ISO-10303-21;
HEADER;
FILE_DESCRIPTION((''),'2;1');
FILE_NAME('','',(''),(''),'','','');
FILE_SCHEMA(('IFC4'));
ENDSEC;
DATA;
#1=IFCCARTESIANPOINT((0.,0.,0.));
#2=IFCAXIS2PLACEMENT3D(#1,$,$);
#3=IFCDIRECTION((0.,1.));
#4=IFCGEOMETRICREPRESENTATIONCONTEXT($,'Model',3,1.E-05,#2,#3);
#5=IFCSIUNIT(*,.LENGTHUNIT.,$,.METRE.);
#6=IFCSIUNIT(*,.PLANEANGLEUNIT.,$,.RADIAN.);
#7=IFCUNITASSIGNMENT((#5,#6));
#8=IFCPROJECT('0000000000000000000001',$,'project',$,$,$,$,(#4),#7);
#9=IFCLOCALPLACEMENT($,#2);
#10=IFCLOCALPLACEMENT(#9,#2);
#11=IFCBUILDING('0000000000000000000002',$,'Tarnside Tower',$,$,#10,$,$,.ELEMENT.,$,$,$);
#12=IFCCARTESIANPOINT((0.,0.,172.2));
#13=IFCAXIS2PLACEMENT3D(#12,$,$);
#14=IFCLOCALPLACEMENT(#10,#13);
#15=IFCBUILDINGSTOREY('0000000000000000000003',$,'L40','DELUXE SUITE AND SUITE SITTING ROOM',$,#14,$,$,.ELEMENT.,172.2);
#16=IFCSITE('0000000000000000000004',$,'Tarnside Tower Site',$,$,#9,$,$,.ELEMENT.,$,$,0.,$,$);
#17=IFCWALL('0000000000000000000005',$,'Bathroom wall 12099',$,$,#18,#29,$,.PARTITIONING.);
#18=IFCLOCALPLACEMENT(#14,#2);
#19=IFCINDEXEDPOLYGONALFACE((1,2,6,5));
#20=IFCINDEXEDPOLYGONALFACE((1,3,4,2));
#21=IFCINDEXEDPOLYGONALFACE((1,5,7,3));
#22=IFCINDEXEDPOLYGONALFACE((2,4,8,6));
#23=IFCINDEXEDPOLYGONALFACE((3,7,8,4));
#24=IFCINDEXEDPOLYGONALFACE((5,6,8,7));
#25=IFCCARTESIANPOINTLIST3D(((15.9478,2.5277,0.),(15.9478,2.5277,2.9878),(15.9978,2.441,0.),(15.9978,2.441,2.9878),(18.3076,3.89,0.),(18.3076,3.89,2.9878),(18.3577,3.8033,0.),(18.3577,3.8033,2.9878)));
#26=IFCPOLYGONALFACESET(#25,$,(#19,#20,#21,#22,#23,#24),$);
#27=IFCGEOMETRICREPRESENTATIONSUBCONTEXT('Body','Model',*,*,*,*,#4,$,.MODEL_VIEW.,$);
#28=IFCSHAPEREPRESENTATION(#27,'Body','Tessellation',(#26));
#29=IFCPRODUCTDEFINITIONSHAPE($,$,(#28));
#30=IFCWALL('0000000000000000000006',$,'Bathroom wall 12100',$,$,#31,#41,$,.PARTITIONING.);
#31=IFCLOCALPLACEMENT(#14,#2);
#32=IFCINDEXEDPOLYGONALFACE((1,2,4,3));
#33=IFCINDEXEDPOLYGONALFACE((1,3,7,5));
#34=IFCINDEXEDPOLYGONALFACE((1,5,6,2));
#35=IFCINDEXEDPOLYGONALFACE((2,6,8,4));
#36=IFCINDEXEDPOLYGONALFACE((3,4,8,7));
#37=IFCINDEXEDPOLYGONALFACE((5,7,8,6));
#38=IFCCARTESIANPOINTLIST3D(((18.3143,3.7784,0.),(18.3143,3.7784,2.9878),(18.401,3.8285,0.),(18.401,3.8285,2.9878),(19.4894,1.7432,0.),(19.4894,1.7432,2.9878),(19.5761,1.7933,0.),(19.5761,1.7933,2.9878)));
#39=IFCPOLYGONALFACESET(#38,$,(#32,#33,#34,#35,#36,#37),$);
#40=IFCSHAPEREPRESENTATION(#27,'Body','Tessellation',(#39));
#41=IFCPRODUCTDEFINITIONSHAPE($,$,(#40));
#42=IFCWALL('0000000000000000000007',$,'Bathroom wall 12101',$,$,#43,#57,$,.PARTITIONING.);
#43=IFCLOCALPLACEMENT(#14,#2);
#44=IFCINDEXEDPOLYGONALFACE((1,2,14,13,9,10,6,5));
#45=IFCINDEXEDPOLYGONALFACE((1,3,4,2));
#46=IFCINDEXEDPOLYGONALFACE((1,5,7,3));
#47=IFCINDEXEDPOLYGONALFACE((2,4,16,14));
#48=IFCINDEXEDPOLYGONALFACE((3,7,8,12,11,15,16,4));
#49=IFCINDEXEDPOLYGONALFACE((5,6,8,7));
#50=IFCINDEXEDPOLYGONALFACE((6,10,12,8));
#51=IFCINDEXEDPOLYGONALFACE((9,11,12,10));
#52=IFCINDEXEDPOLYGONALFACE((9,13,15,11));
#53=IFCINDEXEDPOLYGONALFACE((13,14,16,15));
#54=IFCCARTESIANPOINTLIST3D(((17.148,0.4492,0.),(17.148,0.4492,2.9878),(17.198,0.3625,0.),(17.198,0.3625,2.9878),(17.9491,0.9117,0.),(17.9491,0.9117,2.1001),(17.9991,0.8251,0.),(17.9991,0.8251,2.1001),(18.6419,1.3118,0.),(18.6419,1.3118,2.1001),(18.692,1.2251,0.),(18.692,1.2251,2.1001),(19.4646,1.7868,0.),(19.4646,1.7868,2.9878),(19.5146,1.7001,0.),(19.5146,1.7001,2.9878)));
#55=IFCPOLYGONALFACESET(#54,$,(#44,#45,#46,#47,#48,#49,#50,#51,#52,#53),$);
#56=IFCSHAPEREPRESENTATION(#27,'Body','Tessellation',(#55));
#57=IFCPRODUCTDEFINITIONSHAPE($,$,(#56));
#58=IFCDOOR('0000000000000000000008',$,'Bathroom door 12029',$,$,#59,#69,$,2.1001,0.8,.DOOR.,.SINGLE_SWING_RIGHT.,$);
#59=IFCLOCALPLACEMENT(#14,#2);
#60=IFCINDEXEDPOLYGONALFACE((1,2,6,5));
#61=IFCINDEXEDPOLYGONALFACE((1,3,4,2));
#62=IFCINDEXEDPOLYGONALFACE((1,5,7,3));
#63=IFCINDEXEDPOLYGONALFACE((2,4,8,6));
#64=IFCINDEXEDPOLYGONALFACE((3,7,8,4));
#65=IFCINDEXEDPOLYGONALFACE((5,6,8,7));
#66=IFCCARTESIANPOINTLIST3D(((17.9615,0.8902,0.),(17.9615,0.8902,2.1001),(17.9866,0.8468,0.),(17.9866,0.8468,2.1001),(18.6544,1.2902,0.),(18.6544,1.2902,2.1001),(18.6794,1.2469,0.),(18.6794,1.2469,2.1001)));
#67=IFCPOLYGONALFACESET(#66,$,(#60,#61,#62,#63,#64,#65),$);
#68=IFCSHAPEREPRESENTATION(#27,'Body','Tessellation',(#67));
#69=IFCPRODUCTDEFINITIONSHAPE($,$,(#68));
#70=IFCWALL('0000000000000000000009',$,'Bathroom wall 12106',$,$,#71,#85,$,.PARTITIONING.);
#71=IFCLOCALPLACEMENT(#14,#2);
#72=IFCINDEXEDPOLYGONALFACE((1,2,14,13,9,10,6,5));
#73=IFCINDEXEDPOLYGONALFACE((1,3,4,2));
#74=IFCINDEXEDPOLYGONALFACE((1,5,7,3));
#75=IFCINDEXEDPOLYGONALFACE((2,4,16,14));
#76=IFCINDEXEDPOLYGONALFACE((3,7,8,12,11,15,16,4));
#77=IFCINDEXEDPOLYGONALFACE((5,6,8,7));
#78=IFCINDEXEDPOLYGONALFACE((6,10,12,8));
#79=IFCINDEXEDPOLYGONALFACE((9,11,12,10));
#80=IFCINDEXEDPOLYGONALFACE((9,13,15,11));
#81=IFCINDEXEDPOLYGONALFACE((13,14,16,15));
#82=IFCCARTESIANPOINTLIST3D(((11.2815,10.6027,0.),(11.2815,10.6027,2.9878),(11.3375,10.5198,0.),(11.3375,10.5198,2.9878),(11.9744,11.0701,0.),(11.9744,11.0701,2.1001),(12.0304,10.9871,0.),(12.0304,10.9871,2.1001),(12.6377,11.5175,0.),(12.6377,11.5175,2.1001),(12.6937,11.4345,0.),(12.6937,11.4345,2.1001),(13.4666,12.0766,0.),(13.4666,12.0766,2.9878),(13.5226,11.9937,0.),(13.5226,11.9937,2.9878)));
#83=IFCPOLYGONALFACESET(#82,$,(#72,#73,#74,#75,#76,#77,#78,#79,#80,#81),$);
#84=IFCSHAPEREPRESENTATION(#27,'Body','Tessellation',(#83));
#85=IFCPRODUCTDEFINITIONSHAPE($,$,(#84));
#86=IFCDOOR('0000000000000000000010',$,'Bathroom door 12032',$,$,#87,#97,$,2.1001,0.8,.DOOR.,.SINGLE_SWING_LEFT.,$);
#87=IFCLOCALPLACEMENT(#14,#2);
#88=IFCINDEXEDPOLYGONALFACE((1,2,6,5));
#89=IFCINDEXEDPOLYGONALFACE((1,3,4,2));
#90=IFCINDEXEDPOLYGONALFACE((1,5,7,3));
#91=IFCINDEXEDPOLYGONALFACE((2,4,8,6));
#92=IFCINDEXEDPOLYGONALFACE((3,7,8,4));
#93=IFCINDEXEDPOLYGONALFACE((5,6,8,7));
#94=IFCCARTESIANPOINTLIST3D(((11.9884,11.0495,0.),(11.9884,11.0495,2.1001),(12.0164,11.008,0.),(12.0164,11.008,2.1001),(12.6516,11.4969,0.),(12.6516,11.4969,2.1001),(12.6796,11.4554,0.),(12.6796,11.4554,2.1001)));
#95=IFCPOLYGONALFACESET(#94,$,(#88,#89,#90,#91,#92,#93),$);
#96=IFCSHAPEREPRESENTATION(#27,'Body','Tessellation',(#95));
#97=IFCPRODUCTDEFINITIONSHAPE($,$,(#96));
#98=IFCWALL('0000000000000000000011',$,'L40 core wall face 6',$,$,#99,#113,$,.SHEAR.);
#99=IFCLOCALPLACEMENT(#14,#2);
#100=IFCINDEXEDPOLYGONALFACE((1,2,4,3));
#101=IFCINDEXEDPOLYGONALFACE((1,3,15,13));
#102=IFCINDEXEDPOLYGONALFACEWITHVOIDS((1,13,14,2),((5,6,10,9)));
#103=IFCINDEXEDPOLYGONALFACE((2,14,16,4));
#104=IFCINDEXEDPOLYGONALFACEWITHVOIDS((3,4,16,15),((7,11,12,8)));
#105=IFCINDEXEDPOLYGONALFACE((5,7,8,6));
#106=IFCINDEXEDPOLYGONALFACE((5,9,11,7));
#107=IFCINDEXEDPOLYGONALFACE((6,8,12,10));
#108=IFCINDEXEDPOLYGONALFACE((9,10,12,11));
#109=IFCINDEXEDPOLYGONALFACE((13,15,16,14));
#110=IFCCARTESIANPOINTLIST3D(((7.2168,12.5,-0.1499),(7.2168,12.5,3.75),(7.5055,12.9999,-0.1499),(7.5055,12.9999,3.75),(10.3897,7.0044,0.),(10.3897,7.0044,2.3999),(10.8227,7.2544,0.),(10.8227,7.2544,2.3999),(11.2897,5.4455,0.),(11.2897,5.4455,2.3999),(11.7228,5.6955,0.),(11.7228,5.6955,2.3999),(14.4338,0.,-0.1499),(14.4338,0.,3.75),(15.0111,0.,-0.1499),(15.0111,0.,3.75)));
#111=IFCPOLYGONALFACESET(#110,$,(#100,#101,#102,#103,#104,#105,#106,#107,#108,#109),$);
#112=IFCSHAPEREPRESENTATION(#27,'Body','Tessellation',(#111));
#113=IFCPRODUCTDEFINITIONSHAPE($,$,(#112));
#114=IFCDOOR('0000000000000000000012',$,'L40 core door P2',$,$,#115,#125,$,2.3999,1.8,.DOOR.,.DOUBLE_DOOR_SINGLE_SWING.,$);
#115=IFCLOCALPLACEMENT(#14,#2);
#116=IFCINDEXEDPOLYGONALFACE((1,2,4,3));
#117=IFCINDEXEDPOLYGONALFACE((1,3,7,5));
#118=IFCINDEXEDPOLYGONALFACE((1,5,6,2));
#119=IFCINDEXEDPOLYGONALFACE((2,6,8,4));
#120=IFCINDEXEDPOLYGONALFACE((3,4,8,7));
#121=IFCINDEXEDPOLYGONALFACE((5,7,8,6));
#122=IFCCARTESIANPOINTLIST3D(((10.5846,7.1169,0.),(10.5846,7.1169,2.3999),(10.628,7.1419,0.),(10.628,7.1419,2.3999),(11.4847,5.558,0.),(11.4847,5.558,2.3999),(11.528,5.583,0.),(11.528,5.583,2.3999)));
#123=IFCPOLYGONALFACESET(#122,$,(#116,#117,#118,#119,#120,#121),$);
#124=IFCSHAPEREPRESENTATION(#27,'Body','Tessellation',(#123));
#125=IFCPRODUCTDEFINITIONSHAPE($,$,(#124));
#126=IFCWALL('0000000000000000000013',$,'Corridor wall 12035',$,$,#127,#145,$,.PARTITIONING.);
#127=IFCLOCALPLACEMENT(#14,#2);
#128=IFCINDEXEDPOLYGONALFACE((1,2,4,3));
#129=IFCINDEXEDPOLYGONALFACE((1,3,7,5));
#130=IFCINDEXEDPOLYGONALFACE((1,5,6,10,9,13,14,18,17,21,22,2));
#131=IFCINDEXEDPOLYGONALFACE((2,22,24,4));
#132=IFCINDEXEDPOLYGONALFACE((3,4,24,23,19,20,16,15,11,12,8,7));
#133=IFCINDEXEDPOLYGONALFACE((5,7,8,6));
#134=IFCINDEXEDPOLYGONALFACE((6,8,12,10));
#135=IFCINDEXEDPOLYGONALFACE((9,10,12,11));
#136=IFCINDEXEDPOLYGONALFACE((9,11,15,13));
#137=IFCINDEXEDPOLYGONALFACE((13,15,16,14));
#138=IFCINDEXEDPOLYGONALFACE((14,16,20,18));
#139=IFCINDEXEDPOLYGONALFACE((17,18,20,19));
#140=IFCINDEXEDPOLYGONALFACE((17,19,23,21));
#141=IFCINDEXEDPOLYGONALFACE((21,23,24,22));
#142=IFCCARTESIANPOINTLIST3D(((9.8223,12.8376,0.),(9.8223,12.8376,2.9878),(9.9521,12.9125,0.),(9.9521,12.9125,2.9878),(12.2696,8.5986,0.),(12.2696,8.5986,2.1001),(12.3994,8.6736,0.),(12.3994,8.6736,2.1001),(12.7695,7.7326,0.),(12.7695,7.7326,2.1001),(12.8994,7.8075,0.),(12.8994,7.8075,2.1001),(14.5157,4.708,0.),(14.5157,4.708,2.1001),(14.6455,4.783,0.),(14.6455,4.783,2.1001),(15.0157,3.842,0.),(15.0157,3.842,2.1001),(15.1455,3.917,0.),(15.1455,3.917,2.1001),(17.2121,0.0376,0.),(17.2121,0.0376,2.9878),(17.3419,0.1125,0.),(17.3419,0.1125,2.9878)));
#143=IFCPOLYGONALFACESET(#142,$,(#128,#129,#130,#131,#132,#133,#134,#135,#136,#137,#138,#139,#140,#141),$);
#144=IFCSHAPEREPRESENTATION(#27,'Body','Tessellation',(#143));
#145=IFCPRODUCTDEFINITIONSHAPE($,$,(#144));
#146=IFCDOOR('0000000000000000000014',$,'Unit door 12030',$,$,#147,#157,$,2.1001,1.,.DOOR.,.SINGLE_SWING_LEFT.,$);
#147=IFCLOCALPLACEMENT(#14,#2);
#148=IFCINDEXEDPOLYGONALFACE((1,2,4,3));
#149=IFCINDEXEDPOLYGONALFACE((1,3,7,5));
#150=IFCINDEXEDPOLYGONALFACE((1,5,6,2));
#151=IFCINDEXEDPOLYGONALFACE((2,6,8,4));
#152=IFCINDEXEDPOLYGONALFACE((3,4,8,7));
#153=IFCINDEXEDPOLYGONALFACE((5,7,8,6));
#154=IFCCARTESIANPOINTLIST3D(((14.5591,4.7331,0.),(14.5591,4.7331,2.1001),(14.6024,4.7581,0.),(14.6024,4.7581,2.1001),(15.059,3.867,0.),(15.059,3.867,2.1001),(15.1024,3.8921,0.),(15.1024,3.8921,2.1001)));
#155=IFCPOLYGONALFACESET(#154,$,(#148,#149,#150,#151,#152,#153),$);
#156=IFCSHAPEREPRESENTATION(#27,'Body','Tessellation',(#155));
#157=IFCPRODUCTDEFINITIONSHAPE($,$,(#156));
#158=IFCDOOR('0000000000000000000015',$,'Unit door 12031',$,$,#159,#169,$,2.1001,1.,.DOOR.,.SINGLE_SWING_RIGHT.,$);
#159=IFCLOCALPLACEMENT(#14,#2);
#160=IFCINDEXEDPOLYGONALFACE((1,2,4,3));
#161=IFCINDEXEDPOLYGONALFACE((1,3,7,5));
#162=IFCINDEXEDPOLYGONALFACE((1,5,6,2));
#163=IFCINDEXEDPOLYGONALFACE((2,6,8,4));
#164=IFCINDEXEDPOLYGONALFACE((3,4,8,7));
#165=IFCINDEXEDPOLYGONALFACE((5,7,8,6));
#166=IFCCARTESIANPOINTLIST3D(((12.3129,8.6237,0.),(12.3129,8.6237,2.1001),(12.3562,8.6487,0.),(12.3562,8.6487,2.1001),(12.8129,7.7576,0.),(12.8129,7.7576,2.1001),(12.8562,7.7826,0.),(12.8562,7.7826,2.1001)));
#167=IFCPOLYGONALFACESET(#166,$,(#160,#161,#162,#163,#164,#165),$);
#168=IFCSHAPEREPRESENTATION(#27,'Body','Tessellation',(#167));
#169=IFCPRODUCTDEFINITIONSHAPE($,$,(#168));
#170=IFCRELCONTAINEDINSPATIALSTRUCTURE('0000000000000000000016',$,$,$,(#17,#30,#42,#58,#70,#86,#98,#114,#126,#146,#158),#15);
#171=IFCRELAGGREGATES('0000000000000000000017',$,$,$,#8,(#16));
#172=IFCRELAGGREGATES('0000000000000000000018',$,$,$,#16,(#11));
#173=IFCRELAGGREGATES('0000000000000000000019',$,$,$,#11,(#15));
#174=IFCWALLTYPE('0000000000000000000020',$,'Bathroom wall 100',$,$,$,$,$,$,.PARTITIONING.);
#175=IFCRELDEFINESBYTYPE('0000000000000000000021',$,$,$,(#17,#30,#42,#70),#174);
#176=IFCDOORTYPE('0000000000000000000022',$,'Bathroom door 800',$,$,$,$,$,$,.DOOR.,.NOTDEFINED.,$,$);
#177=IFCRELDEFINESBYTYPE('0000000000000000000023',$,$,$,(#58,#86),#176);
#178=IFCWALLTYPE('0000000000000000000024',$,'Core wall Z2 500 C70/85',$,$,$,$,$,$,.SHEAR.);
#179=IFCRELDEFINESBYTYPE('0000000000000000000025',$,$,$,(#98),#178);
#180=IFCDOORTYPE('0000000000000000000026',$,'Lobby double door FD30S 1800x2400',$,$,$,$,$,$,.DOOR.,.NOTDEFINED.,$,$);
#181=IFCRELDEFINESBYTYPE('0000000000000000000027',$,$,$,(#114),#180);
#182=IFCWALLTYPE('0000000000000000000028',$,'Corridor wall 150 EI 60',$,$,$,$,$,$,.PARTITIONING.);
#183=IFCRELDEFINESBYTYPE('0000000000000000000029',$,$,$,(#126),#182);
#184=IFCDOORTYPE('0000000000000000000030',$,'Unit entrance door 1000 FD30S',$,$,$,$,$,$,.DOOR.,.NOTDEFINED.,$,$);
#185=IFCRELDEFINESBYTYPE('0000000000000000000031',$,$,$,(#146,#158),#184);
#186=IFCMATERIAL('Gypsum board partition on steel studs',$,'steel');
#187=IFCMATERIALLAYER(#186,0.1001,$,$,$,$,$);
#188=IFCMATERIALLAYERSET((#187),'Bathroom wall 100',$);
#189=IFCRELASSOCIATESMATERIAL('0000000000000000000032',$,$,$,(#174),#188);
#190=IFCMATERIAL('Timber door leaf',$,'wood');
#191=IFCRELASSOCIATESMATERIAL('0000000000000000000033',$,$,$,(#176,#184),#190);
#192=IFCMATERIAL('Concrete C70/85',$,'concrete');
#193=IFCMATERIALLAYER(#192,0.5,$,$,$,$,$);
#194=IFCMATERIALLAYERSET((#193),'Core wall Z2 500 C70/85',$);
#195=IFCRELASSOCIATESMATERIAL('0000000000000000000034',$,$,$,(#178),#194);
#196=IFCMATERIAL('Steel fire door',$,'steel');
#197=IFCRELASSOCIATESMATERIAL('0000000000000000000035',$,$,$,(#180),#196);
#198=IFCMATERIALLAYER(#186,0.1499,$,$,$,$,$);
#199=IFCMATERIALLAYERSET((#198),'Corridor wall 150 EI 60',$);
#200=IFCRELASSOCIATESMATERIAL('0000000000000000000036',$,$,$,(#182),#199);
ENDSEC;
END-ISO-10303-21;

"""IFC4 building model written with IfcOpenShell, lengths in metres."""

from ifc_helpers import new_model, si_unit, direction, frame, frame_2d, origin, place, context, subcontext, project, spatial, polyline, rectangle, outline, extrude, material, layer, layer_set, type_object, element, fill, save


model = new_model("IFC4")

# Units and contexts
model_context = context("Model", 3, precision=1e-05, world=origin(), true_north=direction((0.0, 1.0)))
body_context = subcontext(model_context, "Body", "Model", "MODEL_VIEW")
ifc_project = project(units=[si_unit("LENGTHUNIT", "METRE"), si_unit("PLANEANGLEUNIT", "RADIAN")], contexts=[model_context])

# Site, building, storey
site_placement = place(None, origin())
site = spatial("IfcSite", under=ifc_project, at=site_placement, Name="Tarnside Tower Site", CompositionType="ELEMENT", RefElevation=0.0)
building_placement = place(site_placement, origin())
building = spatial("IfcBuilding", under=site, at=building_placement, Name="Tarnside Tower", CompositionType="ELEMENT")
storey_placement = place(building_placement, frame((0.0, 0.0, 172.2)))
storey = spatial("IfcBuildingStorey", under=building, at=storey_placement, Name="L40", Description="DELUXE SUITE AND SUITE SITTING ROOM", CompositionType="ELEMENT", Elevation=172.2)

# Walls
ifc_material_1 = material(Name="Gypsum board partition on steel studs", Category="steel")
ifc_layer_1 = layer(ifc_material_1, 0.1001)
ifc_layer_set_1 = layer_set([ifc_layer_1], Name="Bathroom wall 100")
wall_type_1 = type_object("IfcWallType", Name="Bathroom wall 100", PredefinedType="PARTITIONING", material=ifc_layer_set_1)
wall_1_placement = place(storey_placement, frame((15.9729, 2.4844, 0.0), z_axis=(0.0, 0.0, 1.0), x_axis=(0.866051, 0.499955, 0.0)))
element("IfcWall", 1, at=wall_1_placement, inside=storey, type_object=wall_type_1, Name="Bathroom wall 12099", PredefinedType="PARTITIONING", context=body_context, shape_type="SweptSolid", body=[
    extrude(rectangle(XDim=2.7249, YDim=0.1001, at=frame_2d((1.3623, 0.0))), origin(), (0.0, 0.0, 1.0), 2.9878),
])
wall_2_placement = place(storey_placement, frame((18.3577, 3.8035, 0.0), z_axis=(0.0, 0.0, 1.0), x_axis=(0.500016, -0.866016, 0.0)))
element("IfcWall", 2, at=wall_2_placement, inside=storey, type_object=wall_type_1, Name="Bathroom wall 12100", PredefinedType="PARTITIONING", context=body_context, shape_type="SweptSolid", body=[
    extrude(rectangle(XDim=2.3501, YDim=0.1001, at=frame_2d((1.175, 0.0))), origin(), (0.0, 0.0, 1.0), 2.9878),
])

# Walls, openings, doors
wall_3_placement = place(storey_placement, frame((19.4895, 1.7434, 0.0), z_axis=(0.0, 0.0, 1.0), x_axis=(-0.866005, -0.500036, 0.0)))
wall_3 = element("IfcWall", 3, at=wall_3_placement, inside=storey, type_object=wall_type_1, Name="Bathroom wall 12101", PredefinedType="PARTITIONING", context=body_context, shape_type="SweptSolid", body=[
    extrude(rectangle(XDim=2.675, YDim=0.1001, at=frame_2d((1.3374, 0.0))), origin(), (0.0, 0.0, 1.0), 2.9878),
])
opening_1_placement = place(wall_3_placement, frame((0.95, 0.0, 0.0)))
opening_1 = element("IfcOpeningElement", 4, at=opening_1_placement, cuts=wall_3, PredefinedType="OPENING", context=body_context, shape_type="SweptSolid", body=[
    extrude(rectangle(XDim=0.8, YDim=2.1001, at=frame_2d((0.3999, 1.05))), frame((0.0, 0.0601, 0.0), z_axis=(0.0, -1.0, 0.0), x_axis=(1.0, 0.0, 0.0)), (0.0, 0.0, 1.0), 0.1201),
])
ifc_material_2 = material(Name="Timber door leaf", Category="wood")
door_type_1 = type_object("IfcDoorType", Name="Bathroom door 800", OperationType="NOTDEFINED", PredefinedType="DOOR", material=ifc_material_2)
door_1_placement = place(opening_1_placement, origin())
door_1 = element("IfcDoor", 5, at=door_1_placement, inside=storey, type_object=door_type_1, Name="Bathroom door 12029", OperationType="SINGLE_SWING_RIGHT", OverallHeight=2.1001, OverallWidth=0.8, PredefinedType="DOOR", context=body_context, shape_type="SweptSolid", body=[
    extrude(rectangle(XDim=0.8, YDim=2.1001, at=frame_2d((0.3999, 1.05))), frame((0.0, 0.0249, 0.0), z_axis=(0.0, -1.0, 0.0), x_axis=(1.0, 0.0, 0.0)), (0.0, 0.0, 1.0), 0.05),
])
fill(opening_1, door_1)
wall_4_placement = place(storey_placement, frame((13.4946, 12.0352, 0.0), z_axis=(0.0, 0.0, 1.0), x_axis=(-0.829031, -0.559202, 0.0)))
wall_4 = element("IfcWall", 6, at=wall_4_placement, inside=storey, type_object=wall_type_1, Name="Bathroom wall 12106", PredefinedType="PARTITIONING", context=body_context, shape_type="SweptSolid", body=[
    extrude(rectangle(XDim=2.6357, YDim=0.1001, at=frame_2d((1.3179, 0.0))), origin(), (0.0, 0.0, 1.0), 2.9878),
])
opening_2_placement = place(wall_4_placement, frame((1.0, 0.0, 0.0)))
opening_2 = element("IfcOpeningElement", 7, at=opening_2_placement, cuts=wall_4, PredefinedType="OPENING", context=body_context, shape_type="SweptSolid", body=[
    extrude(rectangle(XDim=0.8, YDim=2.1001, at=frame_2d((0.3999, 1.05))), frame((0.0, 0.0601, 0.0), z_axis=(0.0, -1.0, 0.0), x_axis=(1.0, 0.0, 0.0)), (0.0, 0.0, 1.0), 0.1201),
])
door_2_placement = place(opening_2_placement, origin())
door_2 = element("IfcDoor", 8, at=door_2_placement, inside=storey, type_object=door_type_1, Name="Bathroom door 12032", OperationType="SINGLE_SWING_LEFT", OverallHeight=2.1001, OverallWidth=0.8, PredefinedType="DOOR", context=body_context, shape_type="SweptSolid", body=[
    extrude(rectangle(XDim=0.8, YDim=2.1001, at=frame_2d((0.3999, 1.05))), frame((0.0, 0.0249, 0.0), z_axis=(0.0, -1.0, 0.0), x_axis=(1.0, 0.0, 0.0)), (0.0, 0.0, 1.0), 0.05),
])
fill(opening_2, door_2)
ifc_material_3 = material(Name="Concrete C70/85", Category="concrete")
ifc_layer_2 = layer(ifc_material_3, 0.5)
ifc_layer_set_2 = layer_set([ifc_layer_2], Name="Core wall Z2 500 C70/85")
wall_type_2 = type_object("IfcWallType", Name="Core wall Z2 500 C70/85", PredefinedType="SHEAR", material=ifc_layer_set_2)
wall_5_placement = place(storey_placement, frame((14.7224, 0.0, -0.1499), z_axis=(0.0, 0.0, 1.0), x_axis=(-0.500006, 0.866022, 0.0)))
wall_5 = element("IfcWall", 9, at=wall_5_placement, inside=storey, type_object=wall_type_2, Name="L40 core wall face 6", PredefinedType="SHEAR", context=body_context, shape_type="SweptSolid", body=[
    extrude(outline(polyline([(-0.1443, -0.25), (14.8667, -0.25), (14.5781, 0.25), (0.1443, 0.25), (-0.1443, -0.25)])), origin(), (0.0, 0.0, 1.0), 3.8999),
])
opening_3_placement = place(wall_5_placement, frame((6.4324, 0.0, 0.1499)))
opening_3 = element("IfcOpeningElement", 10, at=opening_3_placement, cuts=wall_5, PredefinedType="OPENING", context=body_context, shape_type="SweptSolid", body=[
    extrude(rectangle(XDim=1.8, YDim=2.3999, at=frame_2d((0.8999, 1.2))), frame((0.0, 0.26, 0.0), z_axis=(0.0, -1.0, 0.0), x_axis=(1.0, 0.0, 0.0)), (0.0, 0.0, 1.0), 0.52),
])
ifc_material_4 = material(Name="Steel fire door", Category="steel")
door_type_2 = type_object("IfcDoorType", Name="Lobby double door FD30S 1800x2400", OperationType="NOTDEFINED", PredefinedType="DOOR", material=ifc_material_4)
door_3_placement = place(opening_3_placement, origin())
door_3 = element("IfcDoor", 11, at=door_3_placement, inside=storey, type_object=door_type_2, Name="L40 core door P2", OperationType="DOUBLE_DOOR_SINGLE_SWING", OverallHeight=2.3999, OverallWidth=1.8, PredefinedType="DOOR", context=body_context, shape_type="SweptSolid", body=[
    extrude(rectangle(XDim=1.8, YDim=2.3999, at=frame_2d((0.8999, 1.2))), frame((0.0, 0.0249, 0.0), z_axis=(0.0, -1.0, 0.0), x_axis=(1.0, 0.0, 0.0)), (0.0, 0.0, 1.0), 0.05),
])
fill(opening_3, door_3)

# Wall, openings, doors
ifc_layer_3 = layer(ifc_material_1, 0.1499)
ifc_layer_set_3 = layer_set([ifc_layer_3], Name="Corridor wall 150 EI 60")
wall_type_3 = type_object("IfcWallType", Name="Corridor wall 150 EI 60", PredefinedType="PARTITIONING", material=ifc_layer_set_3)
wall_6_placement = place(storey_placement, frame((17.2771, 0.075, 0.0), z_axis=(0.0, 0.0, 1.0), x_axis=(-0.499989, 0.866032, 0.0)))
wall_6 = element("IfcWall", 12, at=wall_6_placement, inside=storey, type_object=wall_type_3, Name="Corridor wall 12035", PredefinedType="PARTITIONING", context=body_context, shape_type="SweptSolid", body=[
    extrude(rectangle(XDim=14.78, YDim=0.1499, at=frame_2d((7.3901, 0.0))), origin(), (0.0, 0.0, 1.0), 2.9878),
])
opening_4_placement = place(wall_6_placement, frame((4.3931, 0.0, 0.0)))
opening_4 = element("IfcOpeningElement", 13, at=opening_4_placement, cuts=wall_6, PredefinedType="OPENING", context=body_context, shape_type="SweptSolid", body=[
    extrude(rectangle(XDim=1.0, YDim=2.1001, at=frame_2d((0.5, 1.05))), frame((0.0, 0.085, 0.0), z_axis=(0.0, -1.0, 0.0), x_axis=(1.0, 0.0, 0.0)), (0.0, 0.0, 1.0), 0.1699),
])
opening_5_placement = place(wall_6_placement, frame((8.8855, 0.0, 0.0)))
opening_5 = element("IfcOpeningElement", 14, at=opening_5_placement, cuts=wall_6, PredefinedType="OPENING", context=body_context, shape_type="SweptSolid", body=[
    extrude(rectangle(XDim=1.0, YDim=2.1001, at=frame_2d((0.5, 1.05))), frame((0.0, 0.085, 0.0), z_axis=(0.0, -1.0, 0.0), x_axis=(1.0, 0.0, 0.0)), (0.0, 0.0, 1.0), 0.1699),
])
door_type_3 = type_object("IfcDoorType", Name="Unit entrance door 1000 FD30S", OperationType="NOTDEFINED", PredefinedType="DOOR", material=ifc_material_2)
door_4_placement = place(opening_4_placement, origin())
door_4 = element("IfcDoor", 15, at=door_4_placement, inside=storey, type_object=door_type_3, Name="Unit door 12030", OperationType="SINGLE_SWING_LEFT", OverallHeight=2.1001, OverallWidth=1.0, PredefinedType="DOOR", context=body_context, shape_type="SweptSolid", body=[
    extrude(rectangle(XDim=1.0, YDim=2.1001, at=frame_2d((0.5, 1.05))), frame((0.0, 0.0249, 0.0), z_axis=(0.0, -1.0, 0.0), x_axis=(1.0, 0.0, 0.0)), (0.0, 0.0, 1.0), 0.05),
])
fill(opening_4, door_4)
door_5_placement = place(opening_5_placement, origin())
door_5 = element("IfcDoor", 16, at=door_5_placement, inside=storey, type_object=door_type_3, Name="Unit door 12031", OperationType="SINGLE_SWING_RIGHT", OverallHeight=2.1001, OverallWidth=1.0, PredefinedType="DOOR", context=body_context, shape_type="SweptSolid", body=[
    extrude(rectangle(XDim=1.0, YDim=2.1001, at=frame_2d((0.5, 1.05))), frame((0.0, 0.0249, 0.0), z_axis=(0.0, -1.0, 0.0), x_axis=(1.0, 0.0, 0.0)), (0.0, 0.0, 1.0), 0.05),
])
fill(opening_5, door_5)

save(model, "model.ifc")
